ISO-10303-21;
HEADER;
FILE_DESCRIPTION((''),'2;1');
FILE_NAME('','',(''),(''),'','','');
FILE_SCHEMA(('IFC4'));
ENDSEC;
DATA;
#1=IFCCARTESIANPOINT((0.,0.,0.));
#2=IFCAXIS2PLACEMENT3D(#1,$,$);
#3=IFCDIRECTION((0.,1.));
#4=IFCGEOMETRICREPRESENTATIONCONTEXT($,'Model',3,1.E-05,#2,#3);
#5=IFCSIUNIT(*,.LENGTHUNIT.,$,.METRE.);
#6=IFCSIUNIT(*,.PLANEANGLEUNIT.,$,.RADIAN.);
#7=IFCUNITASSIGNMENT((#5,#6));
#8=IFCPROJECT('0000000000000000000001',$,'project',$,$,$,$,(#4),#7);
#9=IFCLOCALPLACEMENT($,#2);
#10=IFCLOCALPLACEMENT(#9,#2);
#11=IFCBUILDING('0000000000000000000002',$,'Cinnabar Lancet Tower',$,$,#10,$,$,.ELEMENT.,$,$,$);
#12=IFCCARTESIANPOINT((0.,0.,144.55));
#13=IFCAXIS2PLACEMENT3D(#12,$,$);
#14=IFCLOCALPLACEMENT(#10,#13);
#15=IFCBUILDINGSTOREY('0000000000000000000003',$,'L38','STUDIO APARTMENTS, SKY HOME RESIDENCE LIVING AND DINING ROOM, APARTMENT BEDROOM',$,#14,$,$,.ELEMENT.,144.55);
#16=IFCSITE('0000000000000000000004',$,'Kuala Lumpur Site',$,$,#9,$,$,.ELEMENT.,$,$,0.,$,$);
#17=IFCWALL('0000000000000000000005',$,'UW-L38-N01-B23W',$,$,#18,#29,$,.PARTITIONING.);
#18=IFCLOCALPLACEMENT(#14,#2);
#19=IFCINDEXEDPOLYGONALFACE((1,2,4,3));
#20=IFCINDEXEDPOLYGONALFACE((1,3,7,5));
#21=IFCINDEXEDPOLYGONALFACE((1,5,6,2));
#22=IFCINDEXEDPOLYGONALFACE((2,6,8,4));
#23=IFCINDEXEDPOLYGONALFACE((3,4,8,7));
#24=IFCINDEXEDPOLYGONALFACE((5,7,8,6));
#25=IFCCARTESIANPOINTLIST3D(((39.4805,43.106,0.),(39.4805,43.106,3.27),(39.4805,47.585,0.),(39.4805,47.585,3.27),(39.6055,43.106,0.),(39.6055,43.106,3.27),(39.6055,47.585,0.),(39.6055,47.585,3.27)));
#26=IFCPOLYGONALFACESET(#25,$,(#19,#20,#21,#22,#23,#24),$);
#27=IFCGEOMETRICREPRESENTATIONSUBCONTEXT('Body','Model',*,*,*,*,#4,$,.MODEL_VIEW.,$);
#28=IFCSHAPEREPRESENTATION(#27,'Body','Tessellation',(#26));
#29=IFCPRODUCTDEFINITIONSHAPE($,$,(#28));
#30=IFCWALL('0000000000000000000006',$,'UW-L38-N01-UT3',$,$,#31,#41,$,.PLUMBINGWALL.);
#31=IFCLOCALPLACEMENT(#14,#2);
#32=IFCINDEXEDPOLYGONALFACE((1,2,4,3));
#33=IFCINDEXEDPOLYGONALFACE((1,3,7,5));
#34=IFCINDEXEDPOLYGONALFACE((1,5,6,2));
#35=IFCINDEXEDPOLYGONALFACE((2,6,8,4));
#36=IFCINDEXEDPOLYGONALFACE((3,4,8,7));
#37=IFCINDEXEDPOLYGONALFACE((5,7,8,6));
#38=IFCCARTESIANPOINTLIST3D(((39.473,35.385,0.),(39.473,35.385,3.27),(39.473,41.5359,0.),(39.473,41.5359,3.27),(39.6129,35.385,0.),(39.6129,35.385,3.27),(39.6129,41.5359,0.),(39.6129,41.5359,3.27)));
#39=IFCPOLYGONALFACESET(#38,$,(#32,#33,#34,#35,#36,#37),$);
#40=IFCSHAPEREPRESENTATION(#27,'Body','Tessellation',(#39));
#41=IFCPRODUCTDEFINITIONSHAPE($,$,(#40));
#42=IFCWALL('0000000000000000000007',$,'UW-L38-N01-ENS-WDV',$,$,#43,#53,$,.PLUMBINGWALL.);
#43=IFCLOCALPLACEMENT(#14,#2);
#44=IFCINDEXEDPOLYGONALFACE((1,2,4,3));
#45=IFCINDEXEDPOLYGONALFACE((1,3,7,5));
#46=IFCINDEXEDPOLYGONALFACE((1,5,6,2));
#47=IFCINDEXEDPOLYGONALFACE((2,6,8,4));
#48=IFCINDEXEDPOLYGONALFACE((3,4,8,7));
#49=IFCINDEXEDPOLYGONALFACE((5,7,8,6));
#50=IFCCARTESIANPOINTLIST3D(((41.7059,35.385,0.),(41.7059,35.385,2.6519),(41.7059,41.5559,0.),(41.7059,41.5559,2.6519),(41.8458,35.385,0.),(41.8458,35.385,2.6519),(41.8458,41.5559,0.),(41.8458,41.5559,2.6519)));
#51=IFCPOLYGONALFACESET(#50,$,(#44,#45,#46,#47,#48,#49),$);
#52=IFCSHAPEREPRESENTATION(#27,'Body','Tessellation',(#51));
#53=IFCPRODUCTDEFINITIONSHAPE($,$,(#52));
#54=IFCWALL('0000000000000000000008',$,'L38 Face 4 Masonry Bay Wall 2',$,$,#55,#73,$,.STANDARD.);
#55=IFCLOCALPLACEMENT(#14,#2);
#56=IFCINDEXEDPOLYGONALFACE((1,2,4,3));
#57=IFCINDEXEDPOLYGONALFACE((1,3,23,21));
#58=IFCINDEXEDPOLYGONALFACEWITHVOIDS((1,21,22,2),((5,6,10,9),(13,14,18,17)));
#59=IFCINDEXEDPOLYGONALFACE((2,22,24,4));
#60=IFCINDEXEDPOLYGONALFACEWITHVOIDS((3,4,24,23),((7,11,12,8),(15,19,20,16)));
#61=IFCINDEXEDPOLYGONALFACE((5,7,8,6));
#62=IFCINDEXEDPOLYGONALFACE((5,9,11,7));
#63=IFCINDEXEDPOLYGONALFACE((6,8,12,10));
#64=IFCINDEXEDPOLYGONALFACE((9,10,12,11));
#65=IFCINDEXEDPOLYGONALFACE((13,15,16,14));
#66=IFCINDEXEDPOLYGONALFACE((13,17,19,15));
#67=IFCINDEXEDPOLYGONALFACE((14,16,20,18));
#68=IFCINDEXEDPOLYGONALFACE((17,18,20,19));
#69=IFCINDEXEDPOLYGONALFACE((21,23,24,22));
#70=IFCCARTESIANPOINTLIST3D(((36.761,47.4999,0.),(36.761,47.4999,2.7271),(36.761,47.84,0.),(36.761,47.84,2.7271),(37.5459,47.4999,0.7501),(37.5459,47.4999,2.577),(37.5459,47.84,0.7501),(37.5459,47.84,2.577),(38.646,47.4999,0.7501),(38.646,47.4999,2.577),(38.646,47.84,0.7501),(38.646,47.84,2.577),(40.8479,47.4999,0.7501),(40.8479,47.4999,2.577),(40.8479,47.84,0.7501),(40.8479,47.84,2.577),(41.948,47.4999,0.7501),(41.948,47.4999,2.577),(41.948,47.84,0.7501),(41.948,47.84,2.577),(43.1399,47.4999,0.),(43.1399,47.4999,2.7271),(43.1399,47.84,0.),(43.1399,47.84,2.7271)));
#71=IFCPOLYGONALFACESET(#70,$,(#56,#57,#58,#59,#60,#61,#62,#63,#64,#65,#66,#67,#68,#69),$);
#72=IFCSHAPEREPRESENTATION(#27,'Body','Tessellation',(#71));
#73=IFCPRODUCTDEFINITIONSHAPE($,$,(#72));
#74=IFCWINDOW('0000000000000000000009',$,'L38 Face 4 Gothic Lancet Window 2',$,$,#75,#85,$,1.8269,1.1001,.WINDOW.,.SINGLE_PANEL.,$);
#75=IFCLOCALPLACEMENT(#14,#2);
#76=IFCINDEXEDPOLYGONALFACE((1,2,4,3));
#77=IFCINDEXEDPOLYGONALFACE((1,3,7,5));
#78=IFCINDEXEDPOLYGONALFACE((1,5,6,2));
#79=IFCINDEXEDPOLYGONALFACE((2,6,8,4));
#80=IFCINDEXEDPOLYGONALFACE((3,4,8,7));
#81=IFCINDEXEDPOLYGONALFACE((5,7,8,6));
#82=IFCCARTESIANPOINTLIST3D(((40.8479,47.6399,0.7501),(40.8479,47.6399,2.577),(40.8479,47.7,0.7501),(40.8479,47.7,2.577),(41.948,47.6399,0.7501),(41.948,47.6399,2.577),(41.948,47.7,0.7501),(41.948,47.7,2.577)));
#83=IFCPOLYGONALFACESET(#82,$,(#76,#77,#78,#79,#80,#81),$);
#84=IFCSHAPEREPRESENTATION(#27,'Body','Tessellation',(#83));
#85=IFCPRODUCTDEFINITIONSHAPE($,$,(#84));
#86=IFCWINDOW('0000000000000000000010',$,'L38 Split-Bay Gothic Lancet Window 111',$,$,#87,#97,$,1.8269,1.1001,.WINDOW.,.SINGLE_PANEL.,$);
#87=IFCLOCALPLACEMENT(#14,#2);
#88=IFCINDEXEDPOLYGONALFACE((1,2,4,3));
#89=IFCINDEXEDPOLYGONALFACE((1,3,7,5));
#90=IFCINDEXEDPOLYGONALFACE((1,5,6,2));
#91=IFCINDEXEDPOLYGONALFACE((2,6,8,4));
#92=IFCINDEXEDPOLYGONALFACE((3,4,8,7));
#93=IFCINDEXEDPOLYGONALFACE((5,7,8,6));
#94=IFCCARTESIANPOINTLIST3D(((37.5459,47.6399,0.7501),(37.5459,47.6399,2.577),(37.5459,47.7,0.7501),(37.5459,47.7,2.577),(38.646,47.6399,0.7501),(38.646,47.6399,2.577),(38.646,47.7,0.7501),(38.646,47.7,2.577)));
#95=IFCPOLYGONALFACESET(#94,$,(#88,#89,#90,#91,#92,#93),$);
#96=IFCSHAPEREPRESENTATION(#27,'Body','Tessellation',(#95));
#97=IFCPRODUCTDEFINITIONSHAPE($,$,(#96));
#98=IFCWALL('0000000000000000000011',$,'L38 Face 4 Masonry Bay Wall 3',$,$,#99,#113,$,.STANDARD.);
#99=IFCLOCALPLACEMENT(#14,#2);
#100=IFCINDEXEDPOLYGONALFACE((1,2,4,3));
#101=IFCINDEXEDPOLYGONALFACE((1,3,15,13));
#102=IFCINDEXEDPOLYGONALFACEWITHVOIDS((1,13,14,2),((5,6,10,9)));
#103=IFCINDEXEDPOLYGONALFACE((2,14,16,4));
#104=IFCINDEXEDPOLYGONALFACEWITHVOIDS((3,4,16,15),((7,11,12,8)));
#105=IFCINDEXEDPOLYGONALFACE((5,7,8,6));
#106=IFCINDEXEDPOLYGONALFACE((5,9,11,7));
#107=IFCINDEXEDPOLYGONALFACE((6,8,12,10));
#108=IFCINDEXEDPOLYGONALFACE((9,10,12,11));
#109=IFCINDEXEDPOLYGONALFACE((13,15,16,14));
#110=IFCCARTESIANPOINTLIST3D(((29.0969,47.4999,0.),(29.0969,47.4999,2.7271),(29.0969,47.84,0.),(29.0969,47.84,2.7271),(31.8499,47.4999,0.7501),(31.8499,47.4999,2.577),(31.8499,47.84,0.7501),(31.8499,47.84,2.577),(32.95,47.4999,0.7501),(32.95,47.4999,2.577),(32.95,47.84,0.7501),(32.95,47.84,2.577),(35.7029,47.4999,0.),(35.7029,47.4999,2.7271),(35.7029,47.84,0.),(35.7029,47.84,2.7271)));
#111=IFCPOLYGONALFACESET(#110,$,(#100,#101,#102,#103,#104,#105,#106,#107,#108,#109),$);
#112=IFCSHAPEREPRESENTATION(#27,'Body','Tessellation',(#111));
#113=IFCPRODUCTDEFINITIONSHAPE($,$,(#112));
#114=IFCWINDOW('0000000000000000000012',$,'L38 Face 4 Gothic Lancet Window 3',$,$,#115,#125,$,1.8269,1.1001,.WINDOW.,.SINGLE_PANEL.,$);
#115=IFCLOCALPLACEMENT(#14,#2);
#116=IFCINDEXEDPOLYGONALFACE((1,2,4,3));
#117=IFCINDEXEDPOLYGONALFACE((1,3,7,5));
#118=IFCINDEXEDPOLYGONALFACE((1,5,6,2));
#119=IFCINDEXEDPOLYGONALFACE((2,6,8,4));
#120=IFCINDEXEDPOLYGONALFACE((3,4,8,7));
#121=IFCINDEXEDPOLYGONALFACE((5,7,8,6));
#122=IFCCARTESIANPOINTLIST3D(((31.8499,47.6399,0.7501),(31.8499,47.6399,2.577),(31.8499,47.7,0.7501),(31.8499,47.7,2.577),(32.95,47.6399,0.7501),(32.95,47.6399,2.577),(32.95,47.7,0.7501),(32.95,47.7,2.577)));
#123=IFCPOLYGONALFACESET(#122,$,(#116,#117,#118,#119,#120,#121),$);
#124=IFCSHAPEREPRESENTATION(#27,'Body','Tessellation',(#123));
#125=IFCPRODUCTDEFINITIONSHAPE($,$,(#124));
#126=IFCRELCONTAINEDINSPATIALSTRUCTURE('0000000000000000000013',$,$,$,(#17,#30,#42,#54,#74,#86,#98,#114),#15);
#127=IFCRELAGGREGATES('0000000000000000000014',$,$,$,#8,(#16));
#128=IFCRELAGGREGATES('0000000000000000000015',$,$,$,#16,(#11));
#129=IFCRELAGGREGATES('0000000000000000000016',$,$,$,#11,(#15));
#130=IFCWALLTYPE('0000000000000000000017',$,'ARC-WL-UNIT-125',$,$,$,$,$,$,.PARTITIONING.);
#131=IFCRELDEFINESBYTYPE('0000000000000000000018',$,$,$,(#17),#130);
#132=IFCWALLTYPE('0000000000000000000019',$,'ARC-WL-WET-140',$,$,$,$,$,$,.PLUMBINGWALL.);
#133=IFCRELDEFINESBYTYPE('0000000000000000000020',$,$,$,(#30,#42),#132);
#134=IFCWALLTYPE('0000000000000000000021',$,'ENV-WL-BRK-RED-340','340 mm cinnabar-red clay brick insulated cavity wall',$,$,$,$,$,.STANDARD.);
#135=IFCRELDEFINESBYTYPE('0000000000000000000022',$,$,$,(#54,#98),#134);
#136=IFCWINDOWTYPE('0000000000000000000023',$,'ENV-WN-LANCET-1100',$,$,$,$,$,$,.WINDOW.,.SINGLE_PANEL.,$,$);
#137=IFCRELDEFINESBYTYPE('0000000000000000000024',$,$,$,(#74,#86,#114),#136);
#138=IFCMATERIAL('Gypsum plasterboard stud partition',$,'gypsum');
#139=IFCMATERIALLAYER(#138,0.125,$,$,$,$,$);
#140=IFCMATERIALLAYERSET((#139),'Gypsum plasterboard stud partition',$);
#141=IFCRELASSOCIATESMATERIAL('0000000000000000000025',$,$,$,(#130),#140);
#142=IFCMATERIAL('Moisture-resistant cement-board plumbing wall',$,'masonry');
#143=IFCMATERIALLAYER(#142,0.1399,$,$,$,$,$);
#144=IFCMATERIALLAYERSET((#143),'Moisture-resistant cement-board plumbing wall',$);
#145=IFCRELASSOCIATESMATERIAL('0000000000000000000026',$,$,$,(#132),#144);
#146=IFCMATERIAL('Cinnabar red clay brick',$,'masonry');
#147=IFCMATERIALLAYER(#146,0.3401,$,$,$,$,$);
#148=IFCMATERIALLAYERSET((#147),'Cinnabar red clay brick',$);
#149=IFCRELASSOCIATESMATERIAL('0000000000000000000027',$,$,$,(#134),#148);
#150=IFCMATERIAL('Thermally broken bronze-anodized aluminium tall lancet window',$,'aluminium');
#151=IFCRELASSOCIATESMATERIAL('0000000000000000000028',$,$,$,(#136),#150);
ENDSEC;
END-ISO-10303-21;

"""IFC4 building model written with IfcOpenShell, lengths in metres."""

from ifc_helpers import new_model, si_unit, direction, frame, frame_2d, origin, place, context, subcontext, project, spatial, rectangle, extrude, material, layer, layer_set, type_object, element, fill, save


model = new_model("IFC4")

# Units and contexts
model_context = context("Model", 3, precision=1e-05, world=origin(), true_north=direction((0.0, 1.0)))
body_context = subcontext(model_context, "Body", "Model", "MODEL_VIEW")
ifc_project = project(units=[si_unit("LENGTHUNIT", "METRE"), si_unit("PLANEANGLEUNIT", "RADIAN")], contexts=[model_context])

# Site, building, storey
site_placement = place(None, origin())
site = spatial("IfcSite", under=ifc_project, at=site_placement, Name="Kuala Lumpur Site", CompositionType="ELEMENT", RefElevation=0.0)
building_placement = place(site_placement, origin())
building = spatial("IfcBuilding", under=site, at=building_placement, Name="Cinnabar Lancet Tower", CompositionType="ELEMENT")
storey_placement = place(building_placement, frame((0.0, 0.0, 144.55)))
storey = spatial("IfcBuildingStorey", under=building, at=storey_placement, Name="L38", Description="STUDIO APARTMENTS, SKY HOME RESIDENCE LIVING AND DINING ROOM, APARTMENT BEDROOM", CompositionType="ELEMENT", Elevation=144.55)

# Shared definitions
ifc_material_1 = material(Name="Gypsum plasterboard stud partition", Category="gypsum")
ifc_layer_1 = layer(ifc_material_1, 0.125)
ifc_layer_set_1 = layer_set([ifc_layer_1], Name="Gypsum plasterboard stud partition")
wall_type_1 = type_object("IfcWallType", Name="ARC-WL-UNIT-125", PredefinedType="PARTITIONING", material=ifc_layer_set_1)

# Walls
for number, where, z_axis, x_axis, name in (
    (1, (39.543, 43.106, 0.0), (0.0, 0.0, 1.0), (0.0, 1.0, 0.0), "UW-L38-N01-B23W"),
):
    element("IfcWall", number, at=place(storey_placement, frame(where, z_axis=z_axis, x_axis=x_axis)), inside=storey, type_object=wall_type_1, Name=name, PredefinedType="PARTITIONING", context=body_context, shape_type="SweptSolid", body=[
        extrude(rectangle(XDim=4.479, YDim=0.125, at=frame_2d((2.2395, 0.0))), origin(), (0.0, 0.0, 1.0), 3.27),
    ])
ifc_material_2 = material(Name="Moisture-resistant cement-board plumbing wall", Category="masonry")
ifc_layer_2 = layer(ifc_material_2, 0.1399)
ifc_layer_set_2 = layer_set([ifc_layer_2], Name="Moisture-resistant cement-board plumbing wall")
wall_type_2 = type_object("IfcWallType", Name="ARC-WL-WET-140", PredefinedType="PLUMBINGWALL", material=ifc_layer_set_2)
wall_1_placement = place(storey_placement, frame((39.543, 35.385, 0.0), z_axis=(0.0, 0.0, 1.0), x_axis=(0.0, 1.0, 0.0)))
element("IfcWall", 2, at=wall_1_placement, inside=storey, type_object=wall_type_2, Name="UW-L38-N01-UT3", PredefinedType="PLUMBINGWALL", context=body_context, shape_type="SweptSolid", body=[
    extrude(rectangle(XDim=6.1509, YDim=0.1399, at=frame_2d((3.0754, 0.0))), origin(), (0.0, 0.0, 1.0), 3.27),
])
wall_2_placement = place(storey_placement, frame((41.7759, 35.385, 0.0), z_axis=(0.0, 0.0, 1.0), x_axis=(0.0, 1.0, 0.0)))
element("IfcWall", 3, at=wall_2_placement, inside=storey, type_object=wall_type_2, Name="UW-L38-N01-ENS-WDV", PredefinedType="PLUMBINGWALL", context=body_context, shape_type="SweptSolid", body=[
    extrude(rectangle(XDim=6.1709, YDim=0.1399, at=frame_2d((3.0854, 0.0))), origin(), (0.0, 0.0, 1.0), 2.6519),
])

# Wall, openings, windows
ifc_material_3 = material(Name="Cinnabar red clay brick", Category="masonry")
ifc_layer_3 = layer(ifc_material_3, 0.3401)
ifc_layer_set_3 = layer_set([ifc_layer_3], Name="Cinnabar red clay brick")
wall_type_3 = type_object("IfcWallType", Name="ENV-WL-BRK-RED-340", Description="340 mm cinnabar-red clay brick insulated cavity wall", PredefinedType="STANDARD", material=ifc_layer_set_3)
wall_3_placement = place(storey_placement, frame((43.1399, 47.6699, 0.0), z_axis=(0.0, 0.0, 1.0), x_axis=(-1.0, 0.0, 0.0)))
wall_3 = element("IfcWall", 4, at=wall_3_placement, inside=storey, type_object=wall_type_3, Name="L38 Face 4 Masonry Bay Wall 2", PredefinedType="STANDARD", context=body_context, shape_type="SweptSolid", body=[
    extrude(rectangle(XDim=6.3789, YDim=0.3401, at=frame_2d((3.1895, 0.0))), origin(), (0.0, 0.0, 1.0), 2.7271),
])
opening_1_placement = place(wall_3_placement, frame((1.1919, 0.0, 0.75)))
opening_1 = element("IfcOpeningElement", 5, at=opening_1_placement, cuts=wall_3, PredefinedType="OPENING", context=body_context, shape_type="SweptSolid", body=[
    extrude(rectangle(XDim=1.1001, YDim=1.8269, at=frame_2d((0.55, 0.9136))), frame((0.0, 0.1799, 0.0), z_axis=(0.0, -1.0, 0.0), x_axis=(1.0, 0.0, 0.0)), (0.0, 0.0, 1.0), 0.3601),
])
opening_2_placement = place(wall_3_placement, frame((4.4939, 0.0, 0.75)))
opening_2 = element("IfcOpeningElement", 6, at=opening_2_placement, cuts=wall_3, PredefinedType="OPENING", context=body_context, shape_type="SweptSolid", body=[
    extrude(rectangle(XDim=1.1001, YDim=1.8269, at=frame_2d((0.55, 0.9136))), frame((0.0, 0.1799, 0.0), z_axis=(0.0, -1.0, 0.0), x_axis=(1.0, 0.0, 0.0)), (0.0, 0.0, 1.0), 0.3601),
])
ifc_material_4 = material(Name="Thermally broken bronze-anodized aluminium tall lancet window", Category="aluminium")
window_type = type_object("IfcWindowType", Name="ENV-WN-LANCET-1100", PartitioningType="SINGLE_PANEL", PredefinedType="WINDOW", material=ifc_material_4)
window_1_placement = place(opening_1_placement, origin())
window_1 = element("IfcWindow", 7, at=window_1_placement, inside=storey, type_object=window_type, Name="L38 Face 4 Gothic Lancet Window 2", OverallHeight=1.8269, OverallWidth=1.1001, PartitioningType="SINGLE_PANEL", PredefinedType="WINDOW", context=body_context, shape_type="SweptSolid", body=[
    extrude(rectangle(XDim=1.1001, YDim=1.8269, at=frame_2d((0.55, 0.9136))), frame((0.0, 0.03, 0.0), z_axis=(0.0, -1.0, 0.0), x_axis=(1.0, 0.0, 0.0)), (0.0, 0.0, 1.0), 0.0601),
])
fill(opening_1, window_1)
window_2_placement = place(opening_2_placement, origin())
window_2 = element("IfcWindow", 8, at=window_2_placement, inside=storey, type_object=window_type, Name="L38 Split-Bay Gothic Lancet Window 111", OverallHeight=1.8269, OverallWidth=1.1001, PartitioningType="SINGLE_PANEL", PredefinedType="WINDOW", context=body_context, shape_type="SweptSolid", body=[
    extrude(rectangle(XDim=1.1001, YDim=1.8269, at=frame_2d((0.55, 0.9136))), frame((0.0, 0.03, 0.0), z_axis=(0.0, -1.0, 0.0), x_axis=(1.0, 0.0, 0.0)), (0.0, 0.0, 1.0), 0.0601),
])
fill(opening_2, window_2)

# Wall, opening, window
wall_4_placement = place(storey_placement, frame((35.7029, 47.6699, 0.0), z_axis=(0.0, 0.0, 1.0), x_axis=(-1.0, 0.0, 0.0)))
wall_4 = element("IfcWall", 9, at=wall_4_placement, inside=storey, type_object=wall_type_3, Name="L38 Face 4 Masonry Bay Wall 3", PredefinedType="STANDARD", context=body_context, shape_type="SweptSolid", body=[
    extrude(rectangle(XDim=6.606, YDim=0.3401, at=frame_2d((3.303, 0.0))), origin(), (0.0, 0.0, 1.0), 2.7271),
])
opening_3_placement = place(wall_4_placement, frame((2.7529, 0.0, 0.75)))
opening_3 = element("IfcOpeningElement", 10, at=opening_3_placement, cuts=wall_4, PredefinedType="OPENING", context=body_context, shape_type="SweptSolid", body=[
    extrude(rectangle(XDim=1.1001, YDim=1.8269, at=frame_2d((0.55, 0.9136))), frame((0.0, 0.1799, 0.0), z_axis=(0.0, -1.0, 0.0), x_axis=(1.0, 0.0, 0.0)), (0.0, 0.0, 1.0), 0.3601),
])
window_3_placement = place(opening_3_placement, origin())
window_3 = element("IfcWindow", 11, at=window_3_placement, inside=storey, type_object=window_type, Name="L38 Face 4 Gothic Lancet Window 3", OverallHeight=1.8269, OverallWidth=1.1001, PartitioningType="SINGLE_PANEL", PredefinedType="WINDOW", context=body_context, shape_type="SweptSolid", body=[
    extrude(rectangle(XDim=1.1001, YDim=1.8269, at=frame_2d((0.55, 0.9136))), frame((0.0, 0.03, 0.0), z_axis=(0.0, -1.0, 0.0), x_axis=(1.0, 0.0, 0.0)), (0.0, 0.0, 1.0), 0.0601),
])
fill(opening_3, window_3)

save(model, "model.ifc")
